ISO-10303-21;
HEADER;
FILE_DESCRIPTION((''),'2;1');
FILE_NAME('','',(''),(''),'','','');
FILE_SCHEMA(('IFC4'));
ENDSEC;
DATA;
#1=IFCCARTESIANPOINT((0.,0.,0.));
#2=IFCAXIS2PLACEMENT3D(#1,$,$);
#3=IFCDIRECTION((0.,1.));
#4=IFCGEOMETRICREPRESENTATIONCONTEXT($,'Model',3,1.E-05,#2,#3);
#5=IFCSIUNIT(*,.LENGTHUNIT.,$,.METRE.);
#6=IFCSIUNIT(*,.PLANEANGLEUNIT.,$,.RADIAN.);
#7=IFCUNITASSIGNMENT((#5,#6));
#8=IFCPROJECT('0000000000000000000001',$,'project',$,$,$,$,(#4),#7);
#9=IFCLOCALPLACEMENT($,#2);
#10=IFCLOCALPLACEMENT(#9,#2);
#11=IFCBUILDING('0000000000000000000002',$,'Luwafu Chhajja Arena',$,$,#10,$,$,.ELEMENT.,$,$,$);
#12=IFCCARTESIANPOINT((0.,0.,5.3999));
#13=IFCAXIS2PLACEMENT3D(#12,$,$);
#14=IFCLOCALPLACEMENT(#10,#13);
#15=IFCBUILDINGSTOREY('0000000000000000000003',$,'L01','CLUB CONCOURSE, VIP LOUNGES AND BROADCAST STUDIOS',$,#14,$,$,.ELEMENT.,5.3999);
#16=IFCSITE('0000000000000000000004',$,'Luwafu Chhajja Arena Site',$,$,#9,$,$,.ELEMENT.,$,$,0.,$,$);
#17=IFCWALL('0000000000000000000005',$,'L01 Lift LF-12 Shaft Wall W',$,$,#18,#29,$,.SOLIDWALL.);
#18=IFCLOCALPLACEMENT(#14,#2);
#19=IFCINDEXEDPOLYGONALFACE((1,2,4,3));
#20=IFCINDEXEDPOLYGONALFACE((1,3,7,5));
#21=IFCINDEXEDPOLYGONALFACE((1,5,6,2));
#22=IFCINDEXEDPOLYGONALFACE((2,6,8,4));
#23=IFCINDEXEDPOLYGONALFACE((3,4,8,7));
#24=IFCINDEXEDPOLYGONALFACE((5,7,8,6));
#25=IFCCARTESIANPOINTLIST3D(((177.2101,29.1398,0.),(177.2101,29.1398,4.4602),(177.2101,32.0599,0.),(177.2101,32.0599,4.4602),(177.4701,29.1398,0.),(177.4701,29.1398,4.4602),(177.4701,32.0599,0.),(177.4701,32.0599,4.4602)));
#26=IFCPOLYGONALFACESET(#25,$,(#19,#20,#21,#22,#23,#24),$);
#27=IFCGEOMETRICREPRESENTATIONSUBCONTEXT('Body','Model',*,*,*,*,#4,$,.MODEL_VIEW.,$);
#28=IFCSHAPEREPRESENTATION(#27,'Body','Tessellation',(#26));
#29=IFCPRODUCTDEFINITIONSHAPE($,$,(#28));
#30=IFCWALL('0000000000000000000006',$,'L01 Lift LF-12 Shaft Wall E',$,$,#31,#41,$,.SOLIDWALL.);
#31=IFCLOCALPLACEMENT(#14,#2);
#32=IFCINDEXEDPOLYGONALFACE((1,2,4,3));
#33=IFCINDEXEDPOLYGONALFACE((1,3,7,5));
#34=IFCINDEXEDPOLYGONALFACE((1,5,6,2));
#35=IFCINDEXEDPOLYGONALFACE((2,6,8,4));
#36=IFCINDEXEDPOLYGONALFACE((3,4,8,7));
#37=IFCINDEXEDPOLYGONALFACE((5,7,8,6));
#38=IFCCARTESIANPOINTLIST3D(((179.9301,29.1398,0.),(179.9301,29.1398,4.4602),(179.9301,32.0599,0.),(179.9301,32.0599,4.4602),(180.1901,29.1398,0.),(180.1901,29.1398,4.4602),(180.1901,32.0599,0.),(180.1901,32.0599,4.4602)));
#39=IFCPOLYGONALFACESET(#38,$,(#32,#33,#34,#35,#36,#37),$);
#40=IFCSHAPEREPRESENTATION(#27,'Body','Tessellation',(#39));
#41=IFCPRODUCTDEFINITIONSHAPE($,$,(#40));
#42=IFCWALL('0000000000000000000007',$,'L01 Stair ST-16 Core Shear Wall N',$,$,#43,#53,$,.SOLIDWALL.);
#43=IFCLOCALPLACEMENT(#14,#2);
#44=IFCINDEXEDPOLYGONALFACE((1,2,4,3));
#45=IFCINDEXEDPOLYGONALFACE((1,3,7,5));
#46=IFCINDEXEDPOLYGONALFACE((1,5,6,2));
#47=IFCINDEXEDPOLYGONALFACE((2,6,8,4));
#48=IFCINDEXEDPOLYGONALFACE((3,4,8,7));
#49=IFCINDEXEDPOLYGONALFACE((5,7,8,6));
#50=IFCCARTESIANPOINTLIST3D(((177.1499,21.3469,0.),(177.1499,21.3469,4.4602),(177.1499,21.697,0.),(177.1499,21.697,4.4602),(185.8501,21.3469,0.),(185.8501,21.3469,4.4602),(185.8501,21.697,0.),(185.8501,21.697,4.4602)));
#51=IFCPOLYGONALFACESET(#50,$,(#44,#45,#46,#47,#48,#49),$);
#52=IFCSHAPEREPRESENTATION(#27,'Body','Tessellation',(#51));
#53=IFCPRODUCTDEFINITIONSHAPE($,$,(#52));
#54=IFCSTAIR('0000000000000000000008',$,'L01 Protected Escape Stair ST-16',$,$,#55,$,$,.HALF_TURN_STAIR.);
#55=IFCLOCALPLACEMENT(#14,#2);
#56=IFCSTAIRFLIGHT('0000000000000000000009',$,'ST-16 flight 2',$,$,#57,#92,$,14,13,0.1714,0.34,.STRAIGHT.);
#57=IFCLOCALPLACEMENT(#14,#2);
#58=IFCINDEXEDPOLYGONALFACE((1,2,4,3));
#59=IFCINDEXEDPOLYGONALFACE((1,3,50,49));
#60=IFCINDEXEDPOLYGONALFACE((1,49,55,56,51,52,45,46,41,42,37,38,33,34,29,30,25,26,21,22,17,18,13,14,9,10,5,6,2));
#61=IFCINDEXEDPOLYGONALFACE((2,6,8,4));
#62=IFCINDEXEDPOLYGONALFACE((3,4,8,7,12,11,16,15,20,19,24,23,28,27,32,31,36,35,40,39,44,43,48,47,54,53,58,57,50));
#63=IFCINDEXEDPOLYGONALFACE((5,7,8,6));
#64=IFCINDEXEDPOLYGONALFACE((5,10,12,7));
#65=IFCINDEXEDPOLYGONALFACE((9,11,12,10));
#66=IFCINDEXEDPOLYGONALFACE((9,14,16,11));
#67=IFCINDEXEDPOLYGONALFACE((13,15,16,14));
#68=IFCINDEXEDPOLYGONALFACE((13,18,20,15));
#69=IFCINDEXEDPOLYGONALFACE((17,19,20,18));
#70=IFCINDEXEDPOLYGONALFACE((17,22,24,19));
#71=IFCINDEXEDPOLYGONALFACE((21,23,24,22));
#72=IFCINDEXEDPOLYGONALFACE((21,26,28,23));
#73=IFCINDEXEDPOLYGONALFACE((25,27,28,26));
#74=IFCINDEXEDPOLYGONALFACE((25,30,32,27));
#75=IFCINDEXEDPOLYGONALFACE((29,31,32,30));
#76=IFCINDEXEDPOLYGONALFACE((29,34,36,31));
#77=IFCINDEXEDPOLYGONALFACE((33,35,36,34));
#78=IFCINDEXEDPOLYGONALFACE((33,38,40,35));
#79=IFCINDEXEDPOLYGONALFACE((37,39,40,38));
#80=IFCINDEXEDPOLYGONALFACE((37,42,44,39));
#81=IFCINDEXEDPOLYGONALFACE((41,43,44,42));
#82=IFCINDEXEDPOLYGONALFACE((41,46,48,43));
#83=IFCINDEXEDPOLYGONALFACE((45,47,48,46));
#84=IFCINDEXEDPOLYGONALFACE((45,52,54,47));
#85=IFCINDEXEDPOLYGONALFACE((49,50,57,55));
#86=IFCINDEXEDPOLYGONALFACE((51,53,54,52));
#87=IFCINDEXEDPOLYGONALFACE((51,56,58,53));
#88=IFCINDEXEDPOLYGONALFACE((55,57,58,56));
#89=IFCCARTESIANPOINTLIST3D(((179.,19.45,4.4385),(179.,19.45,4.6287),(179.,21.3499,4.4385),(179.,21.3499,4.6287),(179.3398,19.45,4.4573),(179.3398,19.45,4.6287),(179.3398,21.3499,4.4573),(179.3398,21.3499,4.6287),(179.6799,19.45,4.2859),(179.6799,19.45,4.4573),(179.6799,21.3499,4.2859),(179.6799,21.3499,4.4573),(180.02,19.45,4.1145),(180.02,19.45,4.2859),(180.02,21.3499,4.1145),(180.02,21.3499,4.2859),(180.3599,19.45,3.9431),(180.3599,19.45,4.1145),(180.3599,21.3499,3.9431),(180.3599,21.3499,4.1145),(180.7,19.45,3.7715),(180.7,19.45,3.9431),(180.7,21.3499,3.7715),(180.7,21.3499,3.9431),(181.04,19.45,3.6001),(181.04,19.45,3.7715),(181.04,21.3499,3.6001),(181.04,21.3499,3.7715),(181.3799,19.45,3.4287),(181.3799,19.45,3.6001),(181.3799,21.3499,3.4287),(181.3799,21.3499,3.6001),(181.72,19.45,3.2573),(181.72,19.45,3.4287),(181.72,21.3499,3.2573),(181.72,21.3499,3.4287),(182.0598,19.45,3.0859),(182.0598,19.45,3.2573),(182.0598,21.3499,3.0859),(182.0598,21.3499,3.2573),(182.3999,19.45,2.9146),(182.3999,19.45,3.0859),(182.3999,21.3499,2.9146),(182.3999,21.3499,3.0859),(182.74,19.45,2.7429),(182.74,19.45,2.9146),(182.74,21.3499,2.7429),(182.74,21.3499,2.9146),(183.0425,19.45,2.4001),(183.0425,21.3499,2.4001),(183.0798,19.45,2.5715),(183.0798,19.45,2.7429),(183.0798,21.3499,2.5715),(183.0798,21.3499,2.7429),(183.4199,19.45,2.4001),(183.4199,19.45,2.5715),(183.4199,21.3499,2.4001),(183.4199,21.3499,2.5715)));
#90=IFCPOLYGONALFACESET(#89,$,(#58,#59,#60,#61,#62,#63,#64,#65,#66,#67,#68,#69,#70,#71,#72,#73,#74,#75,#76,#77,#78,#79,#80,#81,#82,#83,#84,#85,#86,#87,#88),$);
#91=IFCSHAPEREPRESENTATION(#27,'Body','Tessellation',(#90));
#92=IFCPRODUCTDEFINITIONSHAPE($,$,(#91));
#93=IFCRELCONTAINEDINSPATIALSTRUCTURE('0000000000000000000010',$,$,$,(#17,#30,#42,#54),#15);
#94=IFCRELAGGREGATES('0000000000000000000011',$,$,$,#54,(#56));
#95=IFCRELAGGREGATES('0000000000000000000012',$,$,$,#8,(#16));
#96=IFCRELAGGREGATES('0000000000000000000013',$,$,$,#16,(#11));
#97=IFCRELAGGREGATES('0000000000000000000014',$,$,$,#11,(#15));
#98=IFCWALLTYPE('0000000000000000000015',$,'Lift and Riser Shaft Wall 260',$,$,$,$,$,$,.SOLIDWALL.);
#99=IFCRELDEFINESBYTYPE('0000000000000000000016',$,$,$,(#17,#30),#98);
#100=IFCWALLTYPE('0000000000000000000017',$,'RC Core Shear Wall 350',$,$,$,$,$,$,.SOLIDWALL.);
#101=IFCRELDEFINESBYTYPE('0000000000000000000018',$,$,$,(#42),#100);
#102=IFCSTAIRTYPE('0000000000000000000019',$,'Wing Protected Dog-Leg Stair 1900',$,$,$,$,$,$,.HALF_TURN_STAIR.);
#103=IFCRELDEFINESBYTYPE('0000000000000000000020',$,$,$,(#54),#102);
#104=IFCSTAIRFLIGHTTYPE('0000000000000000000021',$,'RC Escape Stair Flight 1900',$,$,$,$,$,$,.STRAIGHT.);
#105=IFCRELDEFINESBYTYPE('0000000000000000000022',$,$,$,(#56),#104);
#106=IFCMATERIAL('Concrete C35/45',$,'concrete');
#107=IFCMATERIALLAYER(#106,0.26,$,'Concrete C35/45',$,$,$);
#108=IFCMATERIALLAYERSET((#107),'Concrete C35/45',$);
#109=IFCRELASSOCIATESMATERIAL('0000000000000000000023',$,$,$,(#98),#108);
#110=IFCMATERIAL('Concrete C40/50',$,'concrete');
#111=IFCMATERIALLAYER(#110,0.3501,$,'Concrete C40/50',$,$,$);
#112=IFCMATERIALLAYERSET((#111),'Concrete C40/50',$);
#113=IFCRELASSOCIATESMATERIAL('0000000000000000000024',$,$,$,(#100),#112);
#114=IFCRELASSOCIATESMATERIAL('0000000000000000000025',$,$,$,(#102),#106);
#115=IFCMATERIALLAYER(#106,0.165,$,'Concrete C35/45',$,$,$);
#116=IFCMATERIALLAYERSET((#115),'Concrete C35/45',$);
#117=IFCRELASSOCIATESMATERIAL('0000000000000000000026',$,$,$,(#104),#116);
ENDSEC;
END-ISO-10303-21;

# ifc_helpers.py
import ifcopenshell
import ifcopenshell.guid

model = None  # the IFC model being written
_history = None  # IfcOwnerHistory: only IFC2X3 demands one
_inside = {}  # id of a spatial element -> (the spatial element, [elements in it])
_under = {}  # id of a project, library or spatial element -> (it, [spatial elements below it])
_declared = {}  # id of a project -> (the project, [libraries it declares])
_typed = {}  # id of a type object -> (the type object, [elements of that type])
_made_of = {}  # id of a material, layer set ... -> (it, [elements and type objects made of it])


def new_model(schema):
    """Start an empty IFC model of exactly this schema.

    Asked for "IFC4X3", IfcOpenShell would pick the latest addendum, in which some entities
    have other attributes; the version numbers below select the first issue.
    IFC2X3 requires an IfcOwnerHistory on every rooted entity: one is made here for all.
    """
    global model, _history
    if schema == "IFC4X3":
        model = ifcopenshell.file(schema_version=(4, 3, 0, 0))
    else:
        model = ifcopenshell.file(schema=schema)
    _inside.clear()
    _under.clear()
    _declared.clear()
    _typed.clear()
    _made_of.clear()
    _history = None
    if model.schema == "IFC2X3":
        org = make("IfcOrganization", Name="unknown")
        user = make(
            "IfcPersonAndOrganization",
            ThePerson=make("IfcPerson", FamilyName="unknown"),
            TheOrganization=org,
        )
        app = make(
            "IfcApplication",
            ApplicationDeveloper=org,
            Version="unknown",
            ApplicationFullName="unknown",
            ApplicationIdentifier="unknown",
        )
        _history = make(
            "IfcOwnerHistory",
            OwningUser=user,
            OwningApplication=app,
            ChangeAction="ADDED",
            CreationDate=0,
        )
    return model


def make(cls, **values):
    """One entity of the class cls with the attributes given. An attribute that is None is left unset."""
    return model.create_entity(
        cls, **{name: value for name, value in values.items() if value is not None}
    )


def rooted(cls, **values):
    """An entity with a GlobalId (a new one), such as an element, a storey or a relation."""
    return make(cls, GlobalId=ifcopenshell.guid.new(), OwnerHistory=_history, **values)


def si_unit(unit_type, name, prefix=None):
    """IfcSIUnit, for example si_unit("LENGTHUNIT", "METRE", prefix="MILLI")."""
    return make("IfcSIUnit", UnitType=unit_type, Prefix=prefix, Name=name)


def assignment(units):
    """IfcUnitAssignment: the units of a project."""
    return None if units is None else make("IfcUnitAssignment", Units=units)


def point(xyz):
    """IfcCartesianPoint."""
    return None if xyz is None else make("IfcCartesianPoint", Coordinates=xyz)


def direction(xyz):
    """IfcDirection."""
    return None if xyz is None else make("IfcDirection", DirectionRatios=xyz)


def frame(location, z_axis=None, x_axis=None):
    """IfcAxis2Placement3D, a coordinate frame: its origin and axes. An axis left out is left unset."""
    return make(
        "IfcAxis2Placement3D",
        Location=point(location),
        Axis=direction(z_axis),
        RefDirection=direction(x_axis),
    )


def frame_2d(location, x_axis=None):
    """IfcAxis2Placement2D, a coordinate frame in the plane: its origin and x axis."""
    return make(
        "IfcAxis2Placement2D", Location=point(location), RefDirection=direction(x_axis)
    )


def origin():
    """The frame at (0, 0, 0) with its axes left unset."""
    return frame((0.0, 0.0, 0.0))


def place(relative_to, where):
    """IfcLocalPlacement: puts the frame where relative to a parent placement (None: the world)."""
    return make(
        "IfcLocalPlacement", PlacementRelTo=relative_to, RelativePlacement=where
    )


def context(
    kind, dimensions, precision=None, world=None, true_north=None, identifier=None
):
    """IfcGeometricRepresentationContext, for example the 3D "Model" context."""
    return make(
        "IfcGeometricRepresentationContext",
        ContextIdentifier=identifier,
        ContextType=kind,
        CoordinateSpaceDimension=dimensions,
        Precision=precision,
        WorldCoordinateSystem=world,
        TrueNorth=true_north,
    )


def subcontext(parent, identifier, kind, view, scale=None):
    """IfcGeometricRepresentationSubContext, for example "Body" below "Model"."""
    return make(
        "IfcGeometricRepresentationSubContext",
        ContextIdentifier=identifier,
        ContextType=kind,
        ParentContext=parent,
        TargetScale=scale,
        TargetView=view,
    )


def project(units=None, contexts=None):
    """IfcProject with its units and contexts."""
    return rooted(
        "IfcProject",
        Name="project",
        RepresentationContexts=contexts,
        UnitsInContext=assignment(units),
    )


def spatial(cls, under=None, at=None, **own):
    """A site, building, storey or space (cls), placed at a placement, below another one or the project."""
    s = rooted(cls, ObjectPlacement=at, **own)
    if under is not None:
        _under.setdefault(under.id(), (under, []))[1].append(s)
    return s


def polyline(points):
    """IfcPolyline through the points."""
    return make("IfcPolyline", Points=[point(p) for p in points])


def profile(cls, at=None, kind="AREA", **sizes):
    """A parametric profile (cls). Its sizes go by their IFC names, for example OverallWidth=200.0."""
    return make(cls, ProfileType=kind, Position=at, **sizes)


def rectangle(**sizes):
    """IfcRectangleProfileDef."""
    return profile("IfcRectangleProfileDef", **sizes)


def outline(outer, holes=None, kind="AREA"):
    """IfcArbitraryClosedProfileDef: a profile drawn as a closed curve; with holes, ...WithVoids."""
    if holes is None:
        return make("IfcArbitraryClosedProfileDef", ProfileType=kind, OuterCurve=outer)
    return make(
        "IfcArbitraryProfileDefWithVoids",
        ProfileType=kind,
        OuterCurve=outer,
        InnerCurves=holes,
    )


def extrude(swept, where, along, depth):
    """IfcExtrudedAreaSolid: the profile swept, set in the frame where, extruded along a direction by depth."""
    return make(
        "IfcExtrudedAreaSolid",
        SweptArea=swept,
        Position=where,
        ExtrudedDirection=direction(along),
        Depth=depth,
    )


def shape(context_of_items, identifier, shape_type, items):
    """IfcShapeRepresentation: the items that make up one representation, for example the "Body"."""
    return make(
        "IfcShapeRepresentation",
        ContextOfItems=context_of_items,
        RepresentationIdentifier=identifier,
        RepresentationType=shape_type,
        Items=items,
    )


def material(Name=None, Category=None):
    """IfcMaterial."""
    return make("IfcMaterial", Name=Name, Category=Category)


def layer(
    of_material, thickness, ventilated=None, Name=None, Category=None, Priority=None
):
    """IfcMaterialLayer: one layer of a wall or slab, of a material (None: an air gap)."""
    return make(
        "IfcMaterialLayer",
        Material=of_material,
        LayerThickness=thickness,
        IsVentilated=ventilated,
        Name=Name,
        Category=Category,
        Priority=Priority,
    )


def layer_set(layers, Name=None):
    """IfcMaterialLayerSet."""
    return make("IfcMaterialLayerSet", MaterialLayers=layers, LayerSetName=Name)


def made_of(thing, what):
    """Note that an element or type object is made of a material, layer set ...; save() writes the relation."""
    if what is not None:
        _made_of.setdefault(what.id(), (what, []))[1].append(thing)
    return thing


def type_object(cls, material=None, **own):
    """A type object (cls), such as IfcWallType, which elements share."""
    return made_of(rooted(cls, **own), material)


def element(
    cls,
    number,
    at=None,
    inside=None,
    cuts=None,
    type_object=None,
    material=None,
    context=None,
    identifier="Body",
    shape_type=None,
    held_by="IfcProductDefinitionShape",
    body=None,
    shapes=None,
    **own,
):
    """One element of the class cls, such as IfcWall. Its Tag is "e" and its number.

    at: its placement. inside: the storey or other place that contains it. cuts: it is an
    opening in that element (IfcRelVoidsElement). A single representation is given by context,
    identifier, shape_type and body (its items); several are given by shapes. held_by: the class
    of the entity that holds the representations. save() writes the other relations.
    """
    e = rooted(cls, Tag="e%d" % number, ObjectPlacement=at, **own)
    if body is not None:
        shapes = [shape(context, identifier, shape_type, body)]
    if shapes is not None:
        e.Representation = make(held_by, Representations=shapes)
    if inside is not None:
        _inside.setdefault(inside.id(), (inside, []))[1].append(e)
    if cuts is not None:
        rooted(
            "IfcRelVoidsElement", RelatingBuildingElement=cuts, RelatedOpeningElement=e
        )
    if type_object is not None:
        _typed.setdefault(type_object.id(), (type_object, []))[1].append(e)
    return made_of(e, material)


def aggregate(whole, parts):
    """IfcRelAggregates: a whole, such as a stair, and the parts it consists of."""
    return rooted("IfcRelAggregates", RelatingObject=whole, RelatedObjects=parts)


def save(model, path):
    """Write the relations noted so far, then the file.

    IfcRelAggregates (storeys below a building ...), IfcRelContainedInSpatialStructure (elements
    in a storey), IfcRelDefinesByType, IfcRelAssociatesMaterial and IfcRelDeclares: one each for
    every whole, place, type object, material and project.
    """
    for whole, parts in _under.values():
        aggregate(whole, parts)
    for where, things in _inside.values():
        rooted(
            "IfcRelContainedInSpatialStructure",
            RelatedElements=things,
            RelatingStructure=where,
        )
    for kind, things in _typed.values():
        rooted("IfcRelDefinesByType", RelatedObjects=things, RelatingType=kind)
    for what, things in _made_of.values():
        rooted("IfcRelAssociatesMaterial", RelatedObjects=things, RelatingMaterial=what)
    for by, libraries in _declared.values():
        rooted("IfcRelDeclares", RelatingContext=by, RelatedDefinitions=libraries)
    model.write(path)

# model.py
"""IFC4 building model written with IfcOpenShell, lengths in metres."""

from ifc_helpers import new_model, si_unit, direction, frame, frame_2d, origin, place, context, subcontext, project, spatial, polyline, rectangle, outline, extrude, material, layer, layer_set, type_object, element, aggregate, save


model = new_model("IFC4")

# Units and contexts
model_context = context("Model", 3, precision=1e-05, world=origin(), true_north=direction((0.0, 1.0)))
body_context = subcontext(model_context, "Body", "Model", "MODEL_VIEW")
ifc_project = project(units=[si_unit("LENGTHUNIT", "METRE"), si_unit("PLANEANGLEUNIT", "RADIAN")], contexts=[model_context])

# Site, building, storey
site_placement = place(None, origin())
site = spatial("IfcSite", under=ifc_project, at=site_placement, Name="Luwafu Chhajja Arena Site", CompositionType="ELEMENT", RefElevation=0.0)
building_placement = place(site_placement, origin())
building = spatial("IfcBuilding", under=site, at=building_placement, Name="Luwafu Chhajja Arena", CompositionType="ELEMENT")
storey_placement = place(building_placement, frame((0.0, 0.0, 5.3999)))
storey = spatial("IfcBuildingStorey", under=building, at=storey_placement, Name="L01", Description="CLUB CONCOURSE, VIP LOUNGES AND BROADCAST STUDIOS", CompositionType="ELEMENT", Elevation=5.3999)

# Shared definitions
ifc_material_1 = material(Name="Concrete C35/45", Category="concrete")

# Shared definitions
ifc_layer_1 = layer(ifc_material_1, 0.26, Name="Concrete C35/45")
ifc_layer_set_1 = layer_set([ifc_layer_1], Name="Concrete C35/45")
wall_type_1 = type_object("IfcWallType", Name="Lift and Riser Shaft Wall 260", PredefinedType="SOLIDWALL", material=ifc_layer_set_1)

# Walls
for number, where, z_axis, x_axis, name in (
    (1, (177.3401, 29.1399, 0.0), (0.0, 0.0, 1.0), (0.0, 1.0, 0.0), "L01 Lift LF-12 Shaft Wall W"),
    (2, (180.0601, 29.1399, 0.0), (0.0, 0.0, 1.0), (0.0, 1.0, 0.0), "L01 Lift LF-12 Shaft Wall E"),
):
    element("IfcWall", number, at=place(storey_placement, frame(where, z_axis=z_axis, x_axis=x_axis)), inside=storey, type_object=wall_type_1, Name=name, PredefinedType="SOLIDWALL", context=body_context, shape_type="SweptSolid", body=[
        extrude(rectangle(XDim=2.9202, YDim=0.26, at=frame_2d((1.46, 0.0))), origin(), (0.0, 0.0, 1.0), 4.4602),
    ])
ifc_material_2 = material(Name="Concrete C40/50", Category="concrete")
ifc_layer_2 = layer(ifc_material_2, 0.3501, Name="Concrete C40/50")
ifc_layer_set_2 = layer_set([ifc_layer_2], Name="Concrete C40/50")
wall_type_2 = type_object("IfcWallType", Name="RC Core Shear Wall 350", PredefinedType="SOLIDWALL", material=ifc_layer_set_2)
wall_1_placement = place(storey_placement, frame((177.1499, 21.522, 0.0), z_axis=(0.0, 0.0, 1.0), x_axis=(1.0, 0.0, 0.0)))
element("IfcWall", 3, at=wall_1_placement, inside=storey, type_object=wall_type_2, Name="L01 Stair ST-16 Core Shear Wall N", PredefinedType="SOLIDWALL", context=body_context, shape_type="SweptSolid", body=[
    extrude(rectangle(XDim=8.7002, YDim=0.3501, at=frame_2d((4.3501, 0.0))), origin(), (0.0, 0.0, 1.0), 4.4602),
])

# Stair, stair flight
stair_type = type_object("IfcStairType", Name="Wing Protected Dog-Leg Stair 1900", PredefinedType="HALF_TURN_STAIR", material=ifc_material_1)
stair_placement = place(storey_placement, origin())
stair = element("IfcStair", 4, at=stair_placement, inside=storey, type_object=stair_type, Name="L01 Protected Escape Stair ST-16", PredefinedType="HALF_TURN_STAIR")
ifc_layer_3 = layer(ifc_material_1, 0.165, Name="Concrete C35/45")
ifc_layer_set_3 = layer_set([ifc_layer_3], Name="Concrete C35/45")
stair_flight_type = type_object("IfcStairFlightType", Name="RC Escape Stair Flight 1900", PredefinedType="STRAIGHT", material=ifc_layer_set_3)
stair_flight_placement = place(storey_placement, frame((183.4199, 20.3999, 2.4001), z_axis=(0.0, 0.0, 1.0), x_axis=(-1.0, 0.0, 0.0)))
stair_flight = element("IfcStairFlight", 5, at=stair_flight_placement, type_object=stair_flight_type, Name="ST-16 flight 2", NumberOfRisers=14, NumberOfTreads=13, PredefinedType="STRAIGHT", RiserHeight=0.1714, TreadLength=0.34, context=body_context, shape_type="SweptSolid", body=[
    extrude(outline(polyline([(0.0, 0.0), (0.0, 0.1714), (0.3401, 0.1714), (0.3401, 0.3428), (0.6799, 0.3428), (0.6799, 0.5144), (1.02, 0.5144), (1.02, 0.6858), (1.3601, 0.6858), (1.3601, 0.8572), (1.7, 0.8572), (1.7, 1.0286), (2.04, 1.0286), (2.04, 1.2), (2.3799, 1.2), (2.3799, 1.3713), (2.72, 1.3713), (2.72, 1.543), (3.0601, 1.543), (3.0601, 1.7144), (3.3999, 1.7144), (3.3999, 1.8857), (3.74, 1.8857), (3.74, 2.0571), (4.0801, 2.0571), (4.0801, 2.2285), (4.4199, 2.2285), (4.4199, 2.3999), (4.4199, 2.0383), (0.3774, 0.0), (0.0, 0.0)])), frame((0.0, 0.95, 0.0), z_axis=(0.0, -1.0, 0.0), x_axis=(1.0, 0.0, 0.0)), (0.0, 0.0, 1.0), 1.8999),
])
aggregate(stair, [stair_flight])

save(model, "model.ifc")
